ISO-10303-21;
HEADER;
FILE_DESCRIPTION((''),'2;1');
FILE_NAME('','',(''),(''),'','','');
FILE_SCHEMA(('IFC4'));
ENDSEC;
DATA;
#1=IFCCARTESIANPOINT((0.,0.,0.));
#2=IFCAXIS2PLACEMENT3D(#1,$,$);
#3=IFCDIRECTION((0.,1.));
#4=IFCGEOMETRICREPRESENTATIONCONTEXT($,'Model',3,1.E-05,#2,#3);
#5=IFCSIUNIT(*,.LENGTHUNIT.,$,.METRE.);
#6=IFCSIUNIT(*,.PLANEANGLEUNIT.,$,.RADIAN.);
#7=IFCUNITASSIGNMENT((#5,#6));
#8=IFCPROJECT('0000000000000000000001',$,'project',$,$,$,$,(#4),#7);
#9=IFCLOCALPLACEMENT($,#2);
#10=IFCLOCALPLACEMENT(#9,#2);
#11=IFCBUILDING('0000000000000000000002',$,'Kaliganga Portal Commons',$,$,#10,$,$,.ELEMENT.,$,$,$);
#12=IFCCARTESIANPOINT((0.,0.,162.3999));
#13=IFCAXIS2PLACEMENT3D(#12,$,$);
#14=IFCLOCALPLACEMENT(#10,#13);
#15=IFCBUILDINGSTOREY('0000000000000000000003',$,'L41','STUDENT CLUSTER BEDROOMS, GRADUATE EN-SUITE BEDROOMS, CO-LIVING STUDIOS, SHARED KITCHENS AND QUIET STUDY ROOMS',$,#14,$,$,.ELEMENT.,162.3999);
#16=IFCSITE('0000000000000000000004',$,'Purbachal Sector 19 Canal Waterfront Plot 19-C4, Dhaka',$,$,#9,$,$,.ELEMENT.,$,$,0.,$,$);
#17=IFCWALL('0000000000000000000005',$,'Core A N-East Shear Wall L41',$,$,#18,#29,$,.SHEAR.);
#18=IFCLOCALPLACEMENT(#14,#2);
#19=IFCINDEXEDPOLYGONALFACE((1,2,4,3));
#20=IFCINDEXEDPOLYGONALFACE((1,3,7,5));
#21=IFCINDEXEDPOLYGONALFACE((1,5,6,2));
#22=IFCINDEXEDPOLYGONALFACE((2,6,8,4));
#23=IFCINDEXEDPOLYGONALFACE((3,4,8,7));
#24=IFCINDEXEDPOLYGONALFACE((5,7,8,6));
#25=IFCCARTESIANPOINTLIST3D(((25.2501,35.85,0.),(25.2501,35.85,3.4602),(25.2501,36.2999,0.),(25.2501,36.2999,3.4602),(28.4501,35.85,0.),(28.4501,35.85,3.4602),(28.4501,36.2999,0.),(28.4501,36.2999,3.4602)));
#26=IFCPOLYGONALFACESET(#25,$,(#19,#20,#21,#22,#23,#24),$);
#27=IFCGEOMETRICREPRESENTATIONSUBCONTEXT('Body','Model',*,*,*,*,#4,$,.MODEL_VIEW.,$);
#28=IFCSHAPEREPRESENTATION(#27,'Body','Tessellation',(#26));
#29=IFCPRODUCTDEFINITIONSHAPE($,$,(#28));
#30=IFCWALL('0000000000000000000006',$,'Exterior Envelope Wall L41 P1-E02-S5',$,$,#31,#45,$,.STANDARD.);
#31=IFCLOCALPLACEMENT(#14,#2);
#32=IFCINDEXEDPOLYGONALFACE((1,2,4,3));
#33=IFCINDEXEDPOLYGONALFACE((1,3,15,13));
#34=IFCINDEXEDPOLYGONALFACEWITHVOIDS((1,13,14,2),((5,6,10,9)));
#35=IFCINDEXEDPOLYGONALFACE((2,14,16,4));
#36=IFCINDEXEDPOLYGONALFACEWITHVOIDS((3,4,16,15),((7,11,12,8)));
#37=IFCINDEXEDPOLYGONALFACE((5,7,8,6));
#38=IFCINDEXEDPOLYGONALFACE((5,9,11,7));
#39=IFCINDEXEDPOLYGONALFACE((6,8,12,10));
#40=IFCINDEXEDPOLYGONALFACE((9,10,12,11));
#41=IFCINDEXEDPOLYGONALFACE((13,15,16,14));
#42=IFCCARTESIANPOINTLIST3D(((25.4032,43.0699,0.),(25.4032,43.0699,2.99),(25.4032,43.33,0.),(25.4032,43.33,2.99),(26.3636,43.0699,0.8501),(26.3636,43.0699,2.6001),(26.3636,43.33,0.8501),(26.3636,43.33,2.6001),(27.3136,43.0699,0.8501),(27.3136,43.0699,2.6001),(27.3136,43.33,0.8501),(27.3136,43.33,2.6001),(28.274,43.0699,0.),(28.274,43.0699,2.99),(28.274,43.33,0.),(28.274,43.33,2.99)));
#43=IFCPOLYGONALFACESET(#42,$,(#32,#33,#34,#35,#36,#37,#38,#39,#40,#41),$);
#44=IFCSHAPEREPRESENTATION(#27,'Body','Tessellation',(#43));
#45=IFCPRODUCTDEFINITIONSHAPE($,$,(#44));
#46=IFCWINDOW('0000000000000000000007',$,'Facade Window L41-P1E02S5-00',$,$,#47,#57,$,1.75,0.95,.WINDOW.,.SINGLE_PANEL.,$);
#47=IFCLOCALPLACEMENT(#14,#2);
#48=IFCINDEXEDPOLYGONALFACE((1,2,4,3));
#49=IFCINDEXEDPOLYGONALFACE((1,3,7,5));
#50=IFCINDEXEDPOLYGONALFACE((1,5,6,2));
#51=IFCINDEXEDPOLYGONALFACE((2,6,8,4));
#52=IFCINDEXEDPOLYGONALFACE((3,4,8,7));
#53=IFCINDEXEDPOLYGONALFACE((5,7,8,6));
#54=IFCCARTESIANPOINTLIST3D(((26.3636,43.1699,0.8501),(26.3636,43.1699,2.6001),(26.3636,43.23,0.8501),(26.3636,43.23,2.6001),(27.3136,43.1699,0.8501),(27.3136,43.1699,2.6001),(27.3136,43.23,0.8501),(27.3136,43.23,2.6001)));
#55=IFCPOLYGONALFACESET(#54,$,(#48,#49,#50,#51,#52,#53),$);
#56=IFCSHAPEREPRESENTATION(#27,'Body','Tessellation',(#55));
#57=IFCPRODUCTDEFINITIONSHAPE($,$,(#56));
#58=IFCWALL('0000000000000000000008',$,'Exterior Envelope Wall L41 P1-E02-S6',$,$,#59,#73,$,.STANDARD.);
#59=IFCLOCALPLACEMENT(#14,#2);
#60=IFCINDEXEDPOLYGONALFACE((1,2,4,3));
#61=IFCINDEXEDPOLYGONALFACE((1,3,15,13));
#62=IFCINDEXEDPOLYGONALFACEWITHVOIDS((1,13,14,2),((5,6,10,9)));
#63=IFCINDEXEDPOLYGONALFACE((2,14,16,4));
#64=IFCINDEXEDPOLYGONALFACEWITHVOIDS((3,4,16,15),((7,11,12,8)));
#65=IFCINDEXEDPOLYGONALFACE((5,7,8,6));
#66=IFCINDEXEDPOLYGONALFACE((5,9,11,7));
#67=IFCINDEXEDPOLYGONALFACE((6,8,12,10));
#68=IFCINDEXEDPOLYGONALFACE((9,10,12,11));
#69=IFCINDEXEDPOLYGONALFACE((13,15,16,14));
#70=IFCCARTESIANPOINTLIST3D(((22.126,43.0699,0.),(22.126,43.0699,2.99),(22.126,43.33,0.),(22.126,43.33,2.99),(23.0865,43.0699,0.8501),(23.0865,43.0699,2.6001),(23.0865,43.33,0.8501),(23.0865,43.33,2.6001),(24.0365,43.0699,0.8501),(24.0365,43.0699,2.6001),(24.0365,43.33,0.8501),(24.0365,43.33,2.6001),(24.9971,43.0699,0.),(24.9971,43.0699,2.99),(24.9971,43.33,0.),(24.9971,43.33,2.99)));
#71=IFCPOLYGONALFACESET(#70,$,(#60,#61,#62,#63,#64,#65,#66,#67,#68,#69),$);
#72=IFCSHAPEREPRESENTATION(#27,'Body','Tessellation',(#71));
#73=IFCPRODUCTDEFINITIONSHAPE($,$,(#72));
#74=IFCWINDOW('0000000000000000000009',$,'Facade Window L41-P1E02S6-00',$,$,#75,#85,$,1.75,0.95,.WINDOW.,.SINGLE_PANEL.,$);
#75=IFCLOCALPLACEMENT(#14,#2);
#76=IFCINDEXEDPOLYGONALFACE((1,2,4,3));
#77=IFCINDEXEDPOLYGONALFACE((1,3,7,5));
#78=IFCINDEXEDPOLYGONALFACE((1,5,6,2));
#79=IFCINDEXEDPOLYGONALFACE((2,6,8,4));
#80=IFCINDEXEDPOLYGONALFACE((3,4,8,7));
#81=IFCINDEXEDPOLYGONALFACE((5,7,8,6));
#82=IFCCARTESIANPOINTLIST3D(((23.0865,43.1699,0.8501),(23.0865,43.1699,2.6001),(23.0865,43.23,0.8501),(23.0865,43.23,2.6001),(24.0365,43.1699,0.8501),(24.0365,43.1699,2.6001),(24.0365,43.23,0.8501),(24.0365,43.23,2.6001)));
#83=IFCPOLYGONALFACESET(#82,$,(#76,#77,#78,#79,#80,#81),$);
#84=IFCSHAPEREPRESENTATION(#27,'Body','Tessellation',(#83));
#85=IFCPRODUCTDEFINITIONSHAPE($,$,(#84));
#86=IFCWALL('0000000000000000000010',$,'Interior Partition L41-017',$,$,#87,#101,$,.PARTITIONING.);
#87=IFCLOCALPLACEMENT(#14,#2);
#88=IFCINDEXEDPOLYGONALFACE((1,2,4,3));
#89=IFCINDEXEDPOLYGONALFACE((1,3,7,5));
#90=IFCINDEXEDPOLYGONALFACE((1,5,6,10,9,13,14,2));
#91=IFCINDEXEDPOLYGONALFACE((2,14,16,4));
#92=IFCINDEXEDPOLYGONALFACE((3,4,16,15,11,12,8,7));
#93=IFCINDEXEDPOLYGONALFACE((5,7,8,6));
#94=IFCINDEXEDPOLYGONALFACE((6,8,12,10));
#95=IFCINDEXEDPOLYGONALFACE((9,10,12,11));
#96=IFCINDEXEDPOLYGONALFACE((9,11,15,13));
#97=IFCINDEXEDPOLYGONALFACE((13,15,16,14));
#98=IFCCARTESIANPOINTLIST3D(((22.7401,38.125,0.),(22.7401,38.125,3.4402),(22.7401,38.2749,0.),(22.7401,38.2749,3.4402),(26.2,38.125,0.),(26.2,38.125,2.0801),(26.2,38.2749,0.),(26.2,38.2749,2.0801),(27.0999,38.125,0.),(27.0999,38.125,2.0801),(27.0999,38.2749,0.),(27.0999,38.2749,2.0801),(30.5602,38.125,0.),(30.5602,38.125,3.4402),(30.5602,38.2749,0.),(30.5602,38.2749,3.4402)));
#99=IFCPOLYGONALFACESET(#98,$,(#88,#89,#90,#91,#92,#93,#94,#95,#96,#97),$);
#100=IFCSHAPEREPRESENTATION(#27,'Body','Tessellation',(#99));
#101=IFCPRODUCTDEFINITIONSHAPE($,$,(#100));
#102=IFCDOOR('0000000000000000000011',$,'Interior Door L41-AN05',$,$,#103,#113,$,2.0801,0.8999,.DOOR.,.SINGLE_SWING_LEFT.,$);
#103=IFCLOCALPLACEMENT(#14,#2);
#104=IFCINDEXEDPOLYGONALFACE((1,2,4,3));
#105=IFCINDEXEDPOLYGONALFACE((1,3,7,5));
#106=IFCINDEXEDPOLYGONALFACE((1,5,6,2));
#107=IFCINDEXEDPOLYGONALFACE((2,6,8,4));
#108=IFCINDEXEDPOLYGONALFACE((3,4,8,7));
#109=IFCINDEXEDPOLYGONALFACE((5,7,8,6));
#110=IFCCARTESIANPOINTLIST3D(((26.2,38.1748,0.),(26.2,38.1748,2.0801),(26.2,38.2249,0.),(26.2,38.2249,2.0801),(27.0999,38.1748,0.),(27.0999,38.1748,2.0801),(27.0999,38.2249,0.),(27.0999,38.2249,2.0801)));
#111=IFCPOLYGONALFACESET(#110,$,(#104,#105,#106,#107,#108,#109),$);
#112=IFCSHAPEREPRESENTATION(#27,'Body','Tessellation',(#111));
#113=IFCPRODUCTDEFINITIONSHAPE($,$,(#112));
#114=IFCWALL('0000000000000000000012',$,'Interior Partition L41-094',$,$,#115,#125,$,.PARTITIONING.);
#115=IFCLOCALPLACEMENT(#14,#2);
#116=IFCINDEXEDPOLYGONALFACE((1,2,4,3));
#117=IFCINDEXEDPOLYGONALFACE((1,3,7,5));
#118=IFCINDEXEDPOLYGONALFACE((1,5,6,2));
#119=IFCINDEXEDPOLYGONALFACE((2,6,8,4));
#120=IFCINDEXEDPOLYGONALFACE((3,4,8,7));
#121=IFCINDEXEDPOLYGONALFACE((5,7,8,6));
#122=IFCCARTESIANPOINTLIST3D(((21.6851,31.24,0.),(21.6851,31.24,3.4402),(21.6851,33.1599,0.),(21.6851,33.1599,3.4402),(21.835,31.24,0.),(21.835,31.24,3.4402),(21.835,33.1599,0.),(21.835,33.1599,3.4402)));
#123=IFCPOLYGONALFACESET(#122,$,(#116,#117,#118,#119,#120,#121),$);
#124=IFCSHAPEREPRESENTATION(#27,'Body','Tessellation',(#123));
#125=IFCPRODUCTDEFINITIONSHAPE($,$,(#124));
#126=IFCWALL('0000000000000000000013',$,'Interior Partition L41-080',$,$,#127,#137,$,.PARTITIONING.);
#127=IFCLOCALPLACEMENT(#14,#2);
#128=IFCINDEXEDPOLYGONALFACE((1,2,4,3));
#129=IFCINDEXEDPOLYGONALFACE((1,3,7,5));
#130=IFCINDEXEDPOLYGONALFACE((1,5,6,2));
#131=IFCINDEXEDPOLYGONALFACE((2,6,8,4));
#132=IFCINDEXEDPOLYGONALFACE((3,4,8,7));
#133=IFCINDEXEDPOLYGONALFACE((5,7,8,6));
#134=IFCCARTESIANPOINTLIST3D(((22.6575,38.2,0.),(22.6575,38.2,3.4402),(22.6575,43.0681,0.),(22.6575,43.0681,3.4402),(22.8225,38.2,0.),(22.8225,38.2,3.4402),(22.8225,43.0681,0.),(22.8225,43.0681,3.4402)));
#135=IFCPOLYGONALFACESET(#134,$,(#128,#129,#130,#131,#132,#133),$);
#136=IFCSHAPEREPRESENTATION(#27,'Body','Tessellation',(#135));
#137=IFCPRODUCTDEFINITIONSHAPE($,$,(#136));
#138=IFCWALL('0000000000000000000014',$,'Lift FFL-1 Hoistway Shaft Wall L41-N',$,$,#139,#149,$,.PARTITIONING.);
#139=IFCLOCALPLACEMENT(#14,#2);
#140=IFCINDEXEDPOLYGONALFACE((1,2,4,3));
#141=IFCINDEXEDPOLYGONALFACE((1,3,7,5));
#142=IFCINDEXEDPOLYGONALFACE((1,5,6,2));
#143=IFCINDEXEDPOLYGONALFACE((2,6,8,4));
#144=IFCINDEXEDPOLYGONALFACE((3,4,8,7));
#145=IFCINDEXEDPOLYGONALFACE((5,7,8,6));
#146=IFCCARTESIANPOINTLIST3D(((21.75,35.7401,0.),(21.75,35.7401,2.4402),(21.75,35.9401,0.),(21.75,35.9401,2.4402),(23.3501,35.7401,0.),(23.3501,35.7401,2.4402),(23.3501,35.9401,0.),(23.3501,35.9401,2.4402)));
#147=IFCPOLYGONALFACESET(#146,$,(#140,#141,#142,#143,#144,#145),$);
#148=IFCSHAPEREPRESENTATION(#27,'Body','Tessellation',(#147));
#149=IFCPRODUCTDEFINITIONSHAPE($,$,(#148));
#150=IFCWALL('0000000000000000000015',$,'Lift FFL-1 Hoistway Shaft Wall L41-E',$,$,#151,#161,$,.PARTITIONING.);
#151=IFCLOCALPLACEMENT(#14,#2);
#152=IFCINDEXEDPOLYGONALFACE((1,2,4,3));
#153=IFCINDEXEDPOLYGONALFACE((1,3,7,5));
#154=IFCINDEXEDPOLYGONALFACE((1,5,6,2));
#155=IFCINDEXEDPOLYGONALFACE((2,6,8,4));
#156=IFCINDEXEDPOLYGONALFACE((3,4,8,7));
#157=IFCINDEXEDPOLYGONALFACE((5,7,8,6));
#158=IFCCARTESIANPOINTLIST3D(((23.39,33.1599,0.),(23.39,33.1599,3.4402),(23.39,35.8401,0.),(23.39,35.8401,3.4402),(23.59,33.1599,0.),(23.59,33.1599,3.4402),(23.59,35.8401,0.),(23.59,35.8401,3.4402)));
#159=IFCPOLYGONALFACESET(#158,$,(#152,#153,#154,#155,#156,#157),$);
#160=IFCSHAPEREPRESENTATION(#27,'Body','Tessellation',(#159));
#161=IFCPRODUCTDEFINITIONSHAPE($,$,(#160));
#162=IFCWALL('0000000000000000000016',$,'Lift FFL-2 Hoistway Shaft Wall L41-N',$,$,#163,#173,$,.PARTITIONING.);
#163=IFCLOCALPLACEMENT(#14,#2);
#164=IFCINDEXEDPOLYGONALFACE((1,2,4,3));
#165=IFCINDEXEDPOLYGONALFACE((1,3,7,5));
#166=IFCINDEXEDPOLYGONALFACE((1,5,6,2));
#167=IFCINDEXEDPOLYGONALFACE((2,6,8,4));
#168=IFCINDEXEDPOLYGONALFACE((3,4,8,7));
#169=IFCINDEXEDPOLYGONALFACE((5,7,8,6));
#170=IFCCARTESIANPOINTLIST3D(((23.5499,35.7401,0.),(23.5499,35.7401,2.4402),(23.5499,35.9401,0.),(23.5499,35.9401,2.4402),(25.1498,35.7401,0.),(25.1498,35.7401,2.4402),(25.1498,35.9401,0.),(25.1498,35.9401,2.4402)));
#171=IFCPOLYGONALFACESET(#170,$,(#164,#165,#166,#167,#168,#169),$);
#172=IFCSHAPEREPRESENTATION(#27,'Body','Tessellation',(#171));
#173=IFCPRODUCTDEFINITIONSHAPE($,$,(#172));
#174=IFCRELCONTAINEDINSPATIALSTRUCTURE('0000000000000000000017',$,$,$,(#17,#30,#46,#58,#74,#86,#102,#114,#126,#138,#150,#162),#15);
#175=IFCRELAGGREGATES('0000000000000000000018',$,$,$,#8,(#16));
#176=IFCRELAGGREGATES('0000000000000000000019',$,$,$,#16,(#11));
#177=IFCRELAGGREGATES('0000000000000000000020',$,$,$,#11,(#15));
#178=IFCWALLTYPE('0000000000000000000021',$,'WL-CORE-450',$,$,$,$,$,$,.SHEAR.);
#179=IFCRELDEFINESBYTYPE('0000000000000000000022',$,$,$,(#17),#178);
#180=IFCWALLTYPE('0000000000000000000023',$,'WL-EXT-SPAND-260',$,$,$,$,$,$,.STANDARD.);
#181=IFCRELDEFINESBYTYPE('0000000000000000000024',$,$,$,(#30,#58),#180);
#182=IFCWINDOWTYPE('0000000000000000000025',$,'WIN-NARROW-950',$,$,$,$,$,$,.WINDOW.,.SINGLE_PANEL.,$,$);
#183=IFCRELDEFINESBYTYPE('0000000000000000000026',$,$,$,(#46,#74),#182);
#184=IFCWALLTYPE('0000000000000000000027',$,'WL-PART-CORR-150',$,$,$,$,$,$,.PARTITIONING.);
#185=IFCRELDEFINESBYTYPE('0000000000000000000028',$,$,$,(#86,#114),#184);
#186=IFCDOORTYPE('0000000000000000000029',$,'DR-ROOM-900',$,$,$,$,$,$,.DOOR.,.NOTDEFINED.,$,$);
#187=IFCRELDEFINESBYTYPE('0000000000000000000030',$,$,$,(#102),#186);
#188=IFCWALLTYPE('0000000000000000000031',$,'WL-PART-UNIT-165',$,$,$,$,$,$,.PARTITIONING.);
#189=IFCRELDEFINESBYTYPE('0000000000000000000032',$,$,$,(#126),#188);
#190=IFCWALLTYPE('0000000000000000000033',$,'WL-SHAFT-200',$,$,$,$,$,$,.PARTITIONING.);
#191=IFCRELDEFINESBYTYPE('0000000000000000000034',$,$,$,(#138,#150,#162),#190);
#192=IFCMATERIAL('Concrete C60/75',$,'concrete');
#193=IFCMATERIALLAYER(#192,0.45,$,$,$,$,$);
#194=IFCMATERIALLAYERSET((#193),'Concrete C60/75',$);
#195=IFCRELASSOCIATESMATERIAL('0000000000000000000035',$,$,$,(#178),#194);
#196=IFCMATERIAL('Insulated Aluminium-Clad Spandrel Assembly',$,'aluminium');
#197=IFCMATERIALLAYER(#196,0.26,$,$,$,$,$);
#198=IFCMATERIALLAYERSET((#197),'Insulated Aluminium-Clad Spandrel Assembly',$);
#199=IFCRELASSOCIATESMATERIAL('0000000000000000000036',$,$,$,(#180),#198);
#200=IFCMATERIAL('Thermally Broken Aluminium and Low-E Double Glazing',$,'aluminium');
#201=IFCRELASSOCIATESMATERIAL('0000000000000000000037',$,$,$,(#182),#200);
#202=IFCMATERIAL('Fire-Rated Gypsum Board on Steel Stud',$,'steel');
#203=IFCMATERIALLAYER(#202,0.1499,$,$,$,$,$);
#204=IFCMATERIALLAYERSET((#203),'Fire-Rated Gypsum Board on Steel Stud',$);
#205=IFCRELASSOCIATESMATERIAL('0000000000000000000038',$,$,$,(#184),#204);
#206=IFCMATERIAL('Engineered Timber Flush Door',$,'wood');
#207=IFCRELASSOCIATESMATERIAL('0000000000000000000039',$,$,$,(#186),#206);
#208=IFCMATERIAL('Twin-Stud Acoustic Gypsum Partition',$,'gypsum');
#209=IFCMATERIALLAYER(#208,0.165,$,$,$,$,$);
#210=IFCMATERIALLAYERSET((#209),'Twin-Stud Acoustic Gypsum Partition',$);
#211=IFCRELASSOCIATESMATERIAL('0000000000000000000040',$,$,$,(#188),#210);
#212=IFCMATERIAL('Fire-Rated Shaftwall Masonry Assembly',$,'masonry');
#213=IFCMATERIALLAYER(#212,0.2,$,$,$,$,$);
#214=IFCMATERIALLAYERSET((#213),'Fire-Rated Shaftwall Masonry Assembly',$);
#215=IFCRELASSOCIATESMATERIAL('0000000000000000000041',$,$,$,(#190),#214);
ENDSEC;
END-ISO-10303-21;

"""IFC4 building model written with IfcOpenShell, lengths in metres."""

from ifc_helpers import new_model, si_unit, direction, frame, frame_2d, origin, place, context, subcontext, project, spatial, rectangle, extrude, material, layer, layer_set, type_object, element, fill, save


model = new_model("IFC4")

# Units and contexts
model_context = context("Model", 3, precision=1e-05, world=origin(), true_north=direction((0.0, 1.0)))
body_context = subcontext(model_context, "Body", "Model", "MODEL_VIEW")
ifc_project = project(units=[si_unit("LENGTHUNIT", "METRE"), si_unit("PLANEANGLEUNIT", "RADIAN")], contexts=[model_context])

# Site, building, storey
site_placement = place(None, origin())
site = spatial("IfcSite", under=ifc_project, at=site_placement, Name="Purbachal Sector 19 Canal Waterfront Plot 19-C4, Dhaka", CompositionType="ELEMENT", RefElevation=0.0)
building_placement = place(site_placement, origin())
building = spatial("IfcBuilding", under=site, at=building_placement, Name="Kaliganga Portal Commons", CompositionType="ELEMENT")
storey_placement = place(building_placement, frame((0.0, 0.0, 162.3999)))
storey = spatial("IfcBuildingStorey", under=building, at=storey_placement, Name="L41", Description="STUDENT CLUSTER BEDROOMS, GRADUATE EN-SUITE BEDROOMS, CO-LIVING STUDIOS, SHARED KITCHENS AND QUIET STUDY ROOMS", CompositionType="ELEMENT", Elevation=162.3999)

# Shared definitions
ifc_material_1 = material(Name="Concrete C60/75", Category="concrete")

# Wall
ifc_layer_1 = layer(ifc_material_1, 0.45)
ifc_layer_set_1 = layer_set([ifc_layer_1], Name="Concrete C60/75")
wall_type_1 = type_object("IfcWallType", Name="WL-CORE-450", PredefinedType="SHEAR", material=ifc_layer_set_1)
wall_1_placement = place(storey_placement, frame((25.25, 36.075, 0.0), z_axis=(0.0, 0.0, 1.0), x_axis=(1.0, 0.0, 0.0)))
element("IfcWall", 1, at=wall_1_placement, inside=storey, type_object=wall_type_1, Name="Core A N-East Shear Wall L41", PredefinedType="SHEAR", context=body_context, shape_type="SweptSolid", body=[
    extrude(rectangle(XDim=3.2, YDim=0.45, at=frame_2d((1.6001, 0.0))), origin(), (0.0, 0.0, 1.0), 3.4602),
])

# Walls, openings, windows
ifc_material_2 = material(Name="Insulated Aluminium-Clad Spandrel Assembly", Category="aluminium")
ifc_layer_2 = layer(ifc_material_2, 0.26)
ifc_layer_set_2 = layer_set([ifc_layer_2], Name="Insulated Aluminium-Clad Spandrel Assembly")
wall_type_2 = type_object("IfcWallType", Name="WL-EXT-SPAND-260", PredefinedType="STANDARD", material=ifc_layer_set_2)
wall_2_placement = place(storey_placement, frame((25.4031, 43.2, 0.0), z_axis=(0.0, 0.0, 1.0), x_axis=(1.0, 0.0, 0.0)))
wall_2 = element("IfcWall", 2, at=wall_2_placement, inside=storey, type_object=wall_type_2, Name="Exterior Envelope Wall L41 P1-E02-S5", PredefinedType="STANDARD", context=body_context, shape_type="SweptSolid", body=[
    extrude(rectangle(XDim=2.8708, YDim=0.26, at=frame_2d((1.4355, 0.0))), origin(), (0.0, 0.0, 1.0), 2.99),
])
opening_1_placement = place(wall_2_placement, frame((0.9604, 0.0, 0.8501)))
opening_1 = element("IfcOpeningElement", 3, at=opening_1_placement, cuts=wall_2, PredefinedType="OPENING", context=body_context, shape_type="SweptSolid", body=[
    extrude(rectangle(XDim=0.95, YDim=1.75, at=frame_2d((0.4751, 0.875))), frame((0.0, 0.1401, 0.0), z_axis=(0.0, -1.0, 0.0), x_axis=(1.0, 0.0, 0.0)), (0.0, 0.0, 1.0), 0.28),
])
ifc_material_3 = material(Name="Thermally Broken Aluminium and Low-E Double Glazing", Category="aluminium")
window_type = type_object("IfcWindowType", Name="WIN-NARROW-950", PartitioningType="SINGLE_PANEL", PredefinedType="WINDOW", material=ifc_material_3)
window_1_placement = place(opening_1_placement, origin())
window_1 = element("IfcWindow", 4, at=window_1_placement, inside=storey, type_object=window_type, Name="Facade Window L41-P1E02S5-00", OverallHeight=1.75, OverallWidth=0.95, PartitioningType="SINGLE_PANEL", PredefinedType="WINDOW", context=body_context, shape_type="SweptSolid", body=[
    extrude(rectangle(XDim=0.95, YDim=1.75, at=frame_2d((0.4751, 0.875))), frame((0.0, 0.03, 0.0), z_axis=(0.0, -1.0, 0.0), x_axis=(1.0, 0.0, 0.0)), (0.0, 0.0, 1.0), 0.0601),
])
fill(opening_1, window_1)
wall_3_placement = place(storey_placement, frame((22.126, 43.2, 0.0), z_axis=(0.0, 0.0, 1.0), x_axis=(1.0, 0.0, 0.0)))
wall_3 = element("IfcWall", 5, at=wall_3_placement, inside=storey, type_object=wall_type_2, Name="Exterior Envelope Wall L41 P1-E02-S6", PredefinedType="STANDARD", context=body_context, shape_type="SweptSolid", body=[
    extrude(rectangle(XDim=2.8711, YDim=0.26, at=frame_2d((1.4355, 0.0))), origin(), (0.0, 0.0, 1.0), 2.99),
])
opening_2_placement = place(wall_3_placement, frame((0.9604, 0.0, 0.8501)))
opening_2 = element("IfcOpeningElement", 6, at=opening_2_placement, cuts=wall_3, PredefinedType="OPENING", context=body_context, shape_type="SweptSolid", body=[
    extrude(rectangle(XDim=0.95, YDim=1.75, at=frame_2d((0.4751, 0.875))), frame((0.0, 0.1401, 0.0), z_axis=(0.0, -1.0, 0.0), x_axis=(1.0, 0.0, 0.0)), (0.0, 0.0, 1.0), 0.28),
])
window_2_placement = place(opening_2_placement, origin())
window_2 = element("IfcWindow", 7, at=window_2_placement, inside=storey, type_object=window_type, Name="Facade Window L41-P1E02S6-00", OverallHeight=1.75, OverallWidth=0.95, PartitioningType="SINGLE_PANEL", PredefinedType="WINDOW", context=body_context, shape_type="SweptSolid", body=[
    extrude(rectangle(XDim=0.95, YDim=1.75, at=frame_2d((0.4751, 0.875))), frame((0.0, 0.03, 0.0), z_axis=(0.0, -1.0, 0.0), x_axis=(1.0, 0.0, 0.0)), (0.0, 0.0, 1.0), 0.0601),
])
fill(opening_2, window_2)

# Wall, opening, door
ifc_material_4 = material(Name="Fire-Rated Gypsum Board on Steel Stud", Category="steel")
ifc_layer_3 = layer(ifc_material_4, 0.1499)
ifc_layer_set_3 = layer_set([ifc_layer_3], Name="Fire-Rated Gypsum Board on Steel Stud")
wall_type_3 = type_object("IfcWallType", Name="WL-PART-CORR-150", PredefinedType="PARTITIONING", material=ifc_layer_set_3)
wall_4_placement = place(storey_placement, frame((22.74, 38.2, 0.0), z_axis=(0.0, 0.0, 1.0), x_axis=(1.0, 0.0, 0.0)))
wall_4 = element("IfcWall", 8, at=wall_4_placement, inside=storey, type_object=wall_type_3, Name="Interior Partition L41-017", PredefinedType="PARTITIONING", context=body_context, shape_type="SweptSolid", body=[
    extrude(rectangle(XDim=7.8201, YDim=0.1499, at=frame_2d((3.9102, 0.0))), origin(), (0.0, 0.0, 1.0), 3.4402),
])
opening_3_placement = place(wall_4_placement, frame((3.46, 0.0, 0.0)))
opening_3 = element("IfcOpeningElement", 9, at=opening_3_placement, cuts=wall_4, PredefinedType="OPENING", context=body_context, shape_type="SweptSolid", body=[
    extrude(rectangle(XDim=0.8999, YDim=2.0801, at=frame_2d((0.45, 1.04))), frame((0.0, 0.085, 0.0), z_axis=(0.0, -1.0, 0.0), x_axis=(1.0, 0.0, 0.0)), (0.0, 0.0, 1.0), 0.1699),
])
ifc_material_5 = material(Name="Engineered Timber Flush Door", Category="wood")
door_type_1 = type_object("IfcDoorType", Name="DR-ROOM-900", OperationType="NOTDEFINED", PredefinedType="DOOR", material=ifc_material_5)
door_1_placement = place(opening_3_placement, origin())
door_1 = element("IfcDoor", 10, at=door_1_placement, inside=storey, type_object=door_type_1, Name="Interior Door L41-AN05", OperationType="SINGLE_SWING_LEFT", OverallHeight=2.0801, OverallWidth=0.8999, PredefinedType="DOOR", context=body_context, shape_type="SweptSolid", body=[
    extrude(rectangle(XDim=0.8999, YDim=2.0801, at=frame_2d((0.45, 1.04))), frame((0.0, 0.0249, 0.0), z_axis=(0.0, -1.0, 0.0), x_axis=(1.0, 0.0, 0.0)), (0.0, 0.0, 1.0), 0.05),
])
fill(opening_3, door_1)

# Walls
wall_5_placement = place(storey_placement, frame((21.76, 31.24, 0.0), z_axis=(0.0, 0.0, 1.0), x_axis=(0.0, 1.0, 0.0)))
element("IfcWall", 11, at=wall_5_placement, inside=storey, type_object=wall_type_3, Name="Interior Partition L41-094", PredefinedType="PARTITIONING", context=body_context, shape_type="SweptSolid", body=[
    extrude(rectangle(XDim=1.9199, YDim=0.1499, at=frame_2d((0.96, 0.0))), origin(), (0.0, 0.0, 1.0), 3.4402),
])
ifc_material_6 = material(Name="Twin-Stud Acoustic Gypsum Partition", Category="gypsum")
ifc_layer_4 = layer(ifc_material_6, 0.165)
ifc_layer_set_4 = layer_set([ifc_layer_4], Name="Twin-Stud Acoustic Gypsum Partition")
wall_type_4 = type_object("IfcWallType", Name="WL-PART-UNIT-165", PredefinedType="PARTITIONING", material=ifc_layer_set_4)
wall_6_placement = place(storey_placement, frame((22.74, 38.2, 0.0), z_axis=(0.0, 0.0, 1.0), x_axis=(0.0, 1.0, 0.0)))
element("IfcWall", 12, at=wall_6_placement, inside=storey, type_object=wall_type_4, Name="Interior Partition L41-080", PredefinedType="PARTITIONING", context=body_context, shape_type="SweptSolid", body=[
    extrude(rectangle(XDim=4.8682, YDim=0.165, at=frame_2d((2.4341, 0.0))), origin(), (0.0, 0.0, 1.0), 3.4402),
])

# Shared definitions
ifc_material_7 = material(Name="Fire-Rated Shaftwall Masonry Assembly", Category="masonry")
ifc_layer_5 = layer(ifc_material_7, 0.2)
ifc_layer_set_5 = layer_set([ifc_layer_5], Name="Fire-Rated Shaftwall Masonry Assembly")
wall_type_5 = type_object("IfcWallType", Name="WL-SHAFT-200", PredefinedType="PARTITIONING", material=ifc_layer_set_5)

# Walls
wall_7_placement = place(storey_placement, frame((21.75, 35.8401, 0.0), z_axis=(0.0, 0.0, 1.0), x_axis=(1.0, 0.0, 0.0)))
element("IfcWall", 13, at=wall_7_placement, inside=storey, type_object=wall_type_5, Name="Lift FFL-1 Hoistway Shaft Wall L41-N", PredefinedType="PARTITIONING", context=body_context, shape_type="SweptSolid", body=[
    extrude(rectangle(XDim=1.6001, YDim=0.2, at=frame_2d((0.8, 0.0))), origin(), (0.0, 0.0, 1.0), 2.4402),
])
wall_8_placement = place(storey_placement, frame((23.49, 33.1599, 0.0), z_axis=(0.0, 0.0, 1.0), x_axis=(0.0, 1.0, 0.0)))
element("IfcWall", 14, at=wall_8_placement, inside=storey, type_object=wall_type_5, Name="Lift FFL-1 Hoistway Shaft Wall L41-E", PredefinedType="PARTITIONING", context=body_context, shape_type="SweptSolid", body=[
    extrude(rectangle(XDim=2.6802, YDim=0.2, at=frame_2d((1.3401, 0.0))), origin(), (0.0, 0.0, 1.0), 3.4402),
])

# Wall
wall_9_placement = place(storey_placement, frame((23.55, 35.8401, 0.0), z_axis=(0.0, 0.0, 1.0), x_axis=(1.0, 0.0, 0.0)))
element("IfcWall", 15, at=wall_9_placement, inside=storey, type_object=wall_type_5, Name="Lift FFL-2 Hoistway Shaft Wall L41-N", PredefinedType="PARTITIONING", context=body_context, shape_type="SweptSolid", body=[
    extrude(rectangle(XDim=1.5999, YDim=0.2, at=frame_2d((0.7998, 0.0))), origin(), (0.0, 0.0, 1.0), 2.4402),
])

save(model, "model.ifc")
